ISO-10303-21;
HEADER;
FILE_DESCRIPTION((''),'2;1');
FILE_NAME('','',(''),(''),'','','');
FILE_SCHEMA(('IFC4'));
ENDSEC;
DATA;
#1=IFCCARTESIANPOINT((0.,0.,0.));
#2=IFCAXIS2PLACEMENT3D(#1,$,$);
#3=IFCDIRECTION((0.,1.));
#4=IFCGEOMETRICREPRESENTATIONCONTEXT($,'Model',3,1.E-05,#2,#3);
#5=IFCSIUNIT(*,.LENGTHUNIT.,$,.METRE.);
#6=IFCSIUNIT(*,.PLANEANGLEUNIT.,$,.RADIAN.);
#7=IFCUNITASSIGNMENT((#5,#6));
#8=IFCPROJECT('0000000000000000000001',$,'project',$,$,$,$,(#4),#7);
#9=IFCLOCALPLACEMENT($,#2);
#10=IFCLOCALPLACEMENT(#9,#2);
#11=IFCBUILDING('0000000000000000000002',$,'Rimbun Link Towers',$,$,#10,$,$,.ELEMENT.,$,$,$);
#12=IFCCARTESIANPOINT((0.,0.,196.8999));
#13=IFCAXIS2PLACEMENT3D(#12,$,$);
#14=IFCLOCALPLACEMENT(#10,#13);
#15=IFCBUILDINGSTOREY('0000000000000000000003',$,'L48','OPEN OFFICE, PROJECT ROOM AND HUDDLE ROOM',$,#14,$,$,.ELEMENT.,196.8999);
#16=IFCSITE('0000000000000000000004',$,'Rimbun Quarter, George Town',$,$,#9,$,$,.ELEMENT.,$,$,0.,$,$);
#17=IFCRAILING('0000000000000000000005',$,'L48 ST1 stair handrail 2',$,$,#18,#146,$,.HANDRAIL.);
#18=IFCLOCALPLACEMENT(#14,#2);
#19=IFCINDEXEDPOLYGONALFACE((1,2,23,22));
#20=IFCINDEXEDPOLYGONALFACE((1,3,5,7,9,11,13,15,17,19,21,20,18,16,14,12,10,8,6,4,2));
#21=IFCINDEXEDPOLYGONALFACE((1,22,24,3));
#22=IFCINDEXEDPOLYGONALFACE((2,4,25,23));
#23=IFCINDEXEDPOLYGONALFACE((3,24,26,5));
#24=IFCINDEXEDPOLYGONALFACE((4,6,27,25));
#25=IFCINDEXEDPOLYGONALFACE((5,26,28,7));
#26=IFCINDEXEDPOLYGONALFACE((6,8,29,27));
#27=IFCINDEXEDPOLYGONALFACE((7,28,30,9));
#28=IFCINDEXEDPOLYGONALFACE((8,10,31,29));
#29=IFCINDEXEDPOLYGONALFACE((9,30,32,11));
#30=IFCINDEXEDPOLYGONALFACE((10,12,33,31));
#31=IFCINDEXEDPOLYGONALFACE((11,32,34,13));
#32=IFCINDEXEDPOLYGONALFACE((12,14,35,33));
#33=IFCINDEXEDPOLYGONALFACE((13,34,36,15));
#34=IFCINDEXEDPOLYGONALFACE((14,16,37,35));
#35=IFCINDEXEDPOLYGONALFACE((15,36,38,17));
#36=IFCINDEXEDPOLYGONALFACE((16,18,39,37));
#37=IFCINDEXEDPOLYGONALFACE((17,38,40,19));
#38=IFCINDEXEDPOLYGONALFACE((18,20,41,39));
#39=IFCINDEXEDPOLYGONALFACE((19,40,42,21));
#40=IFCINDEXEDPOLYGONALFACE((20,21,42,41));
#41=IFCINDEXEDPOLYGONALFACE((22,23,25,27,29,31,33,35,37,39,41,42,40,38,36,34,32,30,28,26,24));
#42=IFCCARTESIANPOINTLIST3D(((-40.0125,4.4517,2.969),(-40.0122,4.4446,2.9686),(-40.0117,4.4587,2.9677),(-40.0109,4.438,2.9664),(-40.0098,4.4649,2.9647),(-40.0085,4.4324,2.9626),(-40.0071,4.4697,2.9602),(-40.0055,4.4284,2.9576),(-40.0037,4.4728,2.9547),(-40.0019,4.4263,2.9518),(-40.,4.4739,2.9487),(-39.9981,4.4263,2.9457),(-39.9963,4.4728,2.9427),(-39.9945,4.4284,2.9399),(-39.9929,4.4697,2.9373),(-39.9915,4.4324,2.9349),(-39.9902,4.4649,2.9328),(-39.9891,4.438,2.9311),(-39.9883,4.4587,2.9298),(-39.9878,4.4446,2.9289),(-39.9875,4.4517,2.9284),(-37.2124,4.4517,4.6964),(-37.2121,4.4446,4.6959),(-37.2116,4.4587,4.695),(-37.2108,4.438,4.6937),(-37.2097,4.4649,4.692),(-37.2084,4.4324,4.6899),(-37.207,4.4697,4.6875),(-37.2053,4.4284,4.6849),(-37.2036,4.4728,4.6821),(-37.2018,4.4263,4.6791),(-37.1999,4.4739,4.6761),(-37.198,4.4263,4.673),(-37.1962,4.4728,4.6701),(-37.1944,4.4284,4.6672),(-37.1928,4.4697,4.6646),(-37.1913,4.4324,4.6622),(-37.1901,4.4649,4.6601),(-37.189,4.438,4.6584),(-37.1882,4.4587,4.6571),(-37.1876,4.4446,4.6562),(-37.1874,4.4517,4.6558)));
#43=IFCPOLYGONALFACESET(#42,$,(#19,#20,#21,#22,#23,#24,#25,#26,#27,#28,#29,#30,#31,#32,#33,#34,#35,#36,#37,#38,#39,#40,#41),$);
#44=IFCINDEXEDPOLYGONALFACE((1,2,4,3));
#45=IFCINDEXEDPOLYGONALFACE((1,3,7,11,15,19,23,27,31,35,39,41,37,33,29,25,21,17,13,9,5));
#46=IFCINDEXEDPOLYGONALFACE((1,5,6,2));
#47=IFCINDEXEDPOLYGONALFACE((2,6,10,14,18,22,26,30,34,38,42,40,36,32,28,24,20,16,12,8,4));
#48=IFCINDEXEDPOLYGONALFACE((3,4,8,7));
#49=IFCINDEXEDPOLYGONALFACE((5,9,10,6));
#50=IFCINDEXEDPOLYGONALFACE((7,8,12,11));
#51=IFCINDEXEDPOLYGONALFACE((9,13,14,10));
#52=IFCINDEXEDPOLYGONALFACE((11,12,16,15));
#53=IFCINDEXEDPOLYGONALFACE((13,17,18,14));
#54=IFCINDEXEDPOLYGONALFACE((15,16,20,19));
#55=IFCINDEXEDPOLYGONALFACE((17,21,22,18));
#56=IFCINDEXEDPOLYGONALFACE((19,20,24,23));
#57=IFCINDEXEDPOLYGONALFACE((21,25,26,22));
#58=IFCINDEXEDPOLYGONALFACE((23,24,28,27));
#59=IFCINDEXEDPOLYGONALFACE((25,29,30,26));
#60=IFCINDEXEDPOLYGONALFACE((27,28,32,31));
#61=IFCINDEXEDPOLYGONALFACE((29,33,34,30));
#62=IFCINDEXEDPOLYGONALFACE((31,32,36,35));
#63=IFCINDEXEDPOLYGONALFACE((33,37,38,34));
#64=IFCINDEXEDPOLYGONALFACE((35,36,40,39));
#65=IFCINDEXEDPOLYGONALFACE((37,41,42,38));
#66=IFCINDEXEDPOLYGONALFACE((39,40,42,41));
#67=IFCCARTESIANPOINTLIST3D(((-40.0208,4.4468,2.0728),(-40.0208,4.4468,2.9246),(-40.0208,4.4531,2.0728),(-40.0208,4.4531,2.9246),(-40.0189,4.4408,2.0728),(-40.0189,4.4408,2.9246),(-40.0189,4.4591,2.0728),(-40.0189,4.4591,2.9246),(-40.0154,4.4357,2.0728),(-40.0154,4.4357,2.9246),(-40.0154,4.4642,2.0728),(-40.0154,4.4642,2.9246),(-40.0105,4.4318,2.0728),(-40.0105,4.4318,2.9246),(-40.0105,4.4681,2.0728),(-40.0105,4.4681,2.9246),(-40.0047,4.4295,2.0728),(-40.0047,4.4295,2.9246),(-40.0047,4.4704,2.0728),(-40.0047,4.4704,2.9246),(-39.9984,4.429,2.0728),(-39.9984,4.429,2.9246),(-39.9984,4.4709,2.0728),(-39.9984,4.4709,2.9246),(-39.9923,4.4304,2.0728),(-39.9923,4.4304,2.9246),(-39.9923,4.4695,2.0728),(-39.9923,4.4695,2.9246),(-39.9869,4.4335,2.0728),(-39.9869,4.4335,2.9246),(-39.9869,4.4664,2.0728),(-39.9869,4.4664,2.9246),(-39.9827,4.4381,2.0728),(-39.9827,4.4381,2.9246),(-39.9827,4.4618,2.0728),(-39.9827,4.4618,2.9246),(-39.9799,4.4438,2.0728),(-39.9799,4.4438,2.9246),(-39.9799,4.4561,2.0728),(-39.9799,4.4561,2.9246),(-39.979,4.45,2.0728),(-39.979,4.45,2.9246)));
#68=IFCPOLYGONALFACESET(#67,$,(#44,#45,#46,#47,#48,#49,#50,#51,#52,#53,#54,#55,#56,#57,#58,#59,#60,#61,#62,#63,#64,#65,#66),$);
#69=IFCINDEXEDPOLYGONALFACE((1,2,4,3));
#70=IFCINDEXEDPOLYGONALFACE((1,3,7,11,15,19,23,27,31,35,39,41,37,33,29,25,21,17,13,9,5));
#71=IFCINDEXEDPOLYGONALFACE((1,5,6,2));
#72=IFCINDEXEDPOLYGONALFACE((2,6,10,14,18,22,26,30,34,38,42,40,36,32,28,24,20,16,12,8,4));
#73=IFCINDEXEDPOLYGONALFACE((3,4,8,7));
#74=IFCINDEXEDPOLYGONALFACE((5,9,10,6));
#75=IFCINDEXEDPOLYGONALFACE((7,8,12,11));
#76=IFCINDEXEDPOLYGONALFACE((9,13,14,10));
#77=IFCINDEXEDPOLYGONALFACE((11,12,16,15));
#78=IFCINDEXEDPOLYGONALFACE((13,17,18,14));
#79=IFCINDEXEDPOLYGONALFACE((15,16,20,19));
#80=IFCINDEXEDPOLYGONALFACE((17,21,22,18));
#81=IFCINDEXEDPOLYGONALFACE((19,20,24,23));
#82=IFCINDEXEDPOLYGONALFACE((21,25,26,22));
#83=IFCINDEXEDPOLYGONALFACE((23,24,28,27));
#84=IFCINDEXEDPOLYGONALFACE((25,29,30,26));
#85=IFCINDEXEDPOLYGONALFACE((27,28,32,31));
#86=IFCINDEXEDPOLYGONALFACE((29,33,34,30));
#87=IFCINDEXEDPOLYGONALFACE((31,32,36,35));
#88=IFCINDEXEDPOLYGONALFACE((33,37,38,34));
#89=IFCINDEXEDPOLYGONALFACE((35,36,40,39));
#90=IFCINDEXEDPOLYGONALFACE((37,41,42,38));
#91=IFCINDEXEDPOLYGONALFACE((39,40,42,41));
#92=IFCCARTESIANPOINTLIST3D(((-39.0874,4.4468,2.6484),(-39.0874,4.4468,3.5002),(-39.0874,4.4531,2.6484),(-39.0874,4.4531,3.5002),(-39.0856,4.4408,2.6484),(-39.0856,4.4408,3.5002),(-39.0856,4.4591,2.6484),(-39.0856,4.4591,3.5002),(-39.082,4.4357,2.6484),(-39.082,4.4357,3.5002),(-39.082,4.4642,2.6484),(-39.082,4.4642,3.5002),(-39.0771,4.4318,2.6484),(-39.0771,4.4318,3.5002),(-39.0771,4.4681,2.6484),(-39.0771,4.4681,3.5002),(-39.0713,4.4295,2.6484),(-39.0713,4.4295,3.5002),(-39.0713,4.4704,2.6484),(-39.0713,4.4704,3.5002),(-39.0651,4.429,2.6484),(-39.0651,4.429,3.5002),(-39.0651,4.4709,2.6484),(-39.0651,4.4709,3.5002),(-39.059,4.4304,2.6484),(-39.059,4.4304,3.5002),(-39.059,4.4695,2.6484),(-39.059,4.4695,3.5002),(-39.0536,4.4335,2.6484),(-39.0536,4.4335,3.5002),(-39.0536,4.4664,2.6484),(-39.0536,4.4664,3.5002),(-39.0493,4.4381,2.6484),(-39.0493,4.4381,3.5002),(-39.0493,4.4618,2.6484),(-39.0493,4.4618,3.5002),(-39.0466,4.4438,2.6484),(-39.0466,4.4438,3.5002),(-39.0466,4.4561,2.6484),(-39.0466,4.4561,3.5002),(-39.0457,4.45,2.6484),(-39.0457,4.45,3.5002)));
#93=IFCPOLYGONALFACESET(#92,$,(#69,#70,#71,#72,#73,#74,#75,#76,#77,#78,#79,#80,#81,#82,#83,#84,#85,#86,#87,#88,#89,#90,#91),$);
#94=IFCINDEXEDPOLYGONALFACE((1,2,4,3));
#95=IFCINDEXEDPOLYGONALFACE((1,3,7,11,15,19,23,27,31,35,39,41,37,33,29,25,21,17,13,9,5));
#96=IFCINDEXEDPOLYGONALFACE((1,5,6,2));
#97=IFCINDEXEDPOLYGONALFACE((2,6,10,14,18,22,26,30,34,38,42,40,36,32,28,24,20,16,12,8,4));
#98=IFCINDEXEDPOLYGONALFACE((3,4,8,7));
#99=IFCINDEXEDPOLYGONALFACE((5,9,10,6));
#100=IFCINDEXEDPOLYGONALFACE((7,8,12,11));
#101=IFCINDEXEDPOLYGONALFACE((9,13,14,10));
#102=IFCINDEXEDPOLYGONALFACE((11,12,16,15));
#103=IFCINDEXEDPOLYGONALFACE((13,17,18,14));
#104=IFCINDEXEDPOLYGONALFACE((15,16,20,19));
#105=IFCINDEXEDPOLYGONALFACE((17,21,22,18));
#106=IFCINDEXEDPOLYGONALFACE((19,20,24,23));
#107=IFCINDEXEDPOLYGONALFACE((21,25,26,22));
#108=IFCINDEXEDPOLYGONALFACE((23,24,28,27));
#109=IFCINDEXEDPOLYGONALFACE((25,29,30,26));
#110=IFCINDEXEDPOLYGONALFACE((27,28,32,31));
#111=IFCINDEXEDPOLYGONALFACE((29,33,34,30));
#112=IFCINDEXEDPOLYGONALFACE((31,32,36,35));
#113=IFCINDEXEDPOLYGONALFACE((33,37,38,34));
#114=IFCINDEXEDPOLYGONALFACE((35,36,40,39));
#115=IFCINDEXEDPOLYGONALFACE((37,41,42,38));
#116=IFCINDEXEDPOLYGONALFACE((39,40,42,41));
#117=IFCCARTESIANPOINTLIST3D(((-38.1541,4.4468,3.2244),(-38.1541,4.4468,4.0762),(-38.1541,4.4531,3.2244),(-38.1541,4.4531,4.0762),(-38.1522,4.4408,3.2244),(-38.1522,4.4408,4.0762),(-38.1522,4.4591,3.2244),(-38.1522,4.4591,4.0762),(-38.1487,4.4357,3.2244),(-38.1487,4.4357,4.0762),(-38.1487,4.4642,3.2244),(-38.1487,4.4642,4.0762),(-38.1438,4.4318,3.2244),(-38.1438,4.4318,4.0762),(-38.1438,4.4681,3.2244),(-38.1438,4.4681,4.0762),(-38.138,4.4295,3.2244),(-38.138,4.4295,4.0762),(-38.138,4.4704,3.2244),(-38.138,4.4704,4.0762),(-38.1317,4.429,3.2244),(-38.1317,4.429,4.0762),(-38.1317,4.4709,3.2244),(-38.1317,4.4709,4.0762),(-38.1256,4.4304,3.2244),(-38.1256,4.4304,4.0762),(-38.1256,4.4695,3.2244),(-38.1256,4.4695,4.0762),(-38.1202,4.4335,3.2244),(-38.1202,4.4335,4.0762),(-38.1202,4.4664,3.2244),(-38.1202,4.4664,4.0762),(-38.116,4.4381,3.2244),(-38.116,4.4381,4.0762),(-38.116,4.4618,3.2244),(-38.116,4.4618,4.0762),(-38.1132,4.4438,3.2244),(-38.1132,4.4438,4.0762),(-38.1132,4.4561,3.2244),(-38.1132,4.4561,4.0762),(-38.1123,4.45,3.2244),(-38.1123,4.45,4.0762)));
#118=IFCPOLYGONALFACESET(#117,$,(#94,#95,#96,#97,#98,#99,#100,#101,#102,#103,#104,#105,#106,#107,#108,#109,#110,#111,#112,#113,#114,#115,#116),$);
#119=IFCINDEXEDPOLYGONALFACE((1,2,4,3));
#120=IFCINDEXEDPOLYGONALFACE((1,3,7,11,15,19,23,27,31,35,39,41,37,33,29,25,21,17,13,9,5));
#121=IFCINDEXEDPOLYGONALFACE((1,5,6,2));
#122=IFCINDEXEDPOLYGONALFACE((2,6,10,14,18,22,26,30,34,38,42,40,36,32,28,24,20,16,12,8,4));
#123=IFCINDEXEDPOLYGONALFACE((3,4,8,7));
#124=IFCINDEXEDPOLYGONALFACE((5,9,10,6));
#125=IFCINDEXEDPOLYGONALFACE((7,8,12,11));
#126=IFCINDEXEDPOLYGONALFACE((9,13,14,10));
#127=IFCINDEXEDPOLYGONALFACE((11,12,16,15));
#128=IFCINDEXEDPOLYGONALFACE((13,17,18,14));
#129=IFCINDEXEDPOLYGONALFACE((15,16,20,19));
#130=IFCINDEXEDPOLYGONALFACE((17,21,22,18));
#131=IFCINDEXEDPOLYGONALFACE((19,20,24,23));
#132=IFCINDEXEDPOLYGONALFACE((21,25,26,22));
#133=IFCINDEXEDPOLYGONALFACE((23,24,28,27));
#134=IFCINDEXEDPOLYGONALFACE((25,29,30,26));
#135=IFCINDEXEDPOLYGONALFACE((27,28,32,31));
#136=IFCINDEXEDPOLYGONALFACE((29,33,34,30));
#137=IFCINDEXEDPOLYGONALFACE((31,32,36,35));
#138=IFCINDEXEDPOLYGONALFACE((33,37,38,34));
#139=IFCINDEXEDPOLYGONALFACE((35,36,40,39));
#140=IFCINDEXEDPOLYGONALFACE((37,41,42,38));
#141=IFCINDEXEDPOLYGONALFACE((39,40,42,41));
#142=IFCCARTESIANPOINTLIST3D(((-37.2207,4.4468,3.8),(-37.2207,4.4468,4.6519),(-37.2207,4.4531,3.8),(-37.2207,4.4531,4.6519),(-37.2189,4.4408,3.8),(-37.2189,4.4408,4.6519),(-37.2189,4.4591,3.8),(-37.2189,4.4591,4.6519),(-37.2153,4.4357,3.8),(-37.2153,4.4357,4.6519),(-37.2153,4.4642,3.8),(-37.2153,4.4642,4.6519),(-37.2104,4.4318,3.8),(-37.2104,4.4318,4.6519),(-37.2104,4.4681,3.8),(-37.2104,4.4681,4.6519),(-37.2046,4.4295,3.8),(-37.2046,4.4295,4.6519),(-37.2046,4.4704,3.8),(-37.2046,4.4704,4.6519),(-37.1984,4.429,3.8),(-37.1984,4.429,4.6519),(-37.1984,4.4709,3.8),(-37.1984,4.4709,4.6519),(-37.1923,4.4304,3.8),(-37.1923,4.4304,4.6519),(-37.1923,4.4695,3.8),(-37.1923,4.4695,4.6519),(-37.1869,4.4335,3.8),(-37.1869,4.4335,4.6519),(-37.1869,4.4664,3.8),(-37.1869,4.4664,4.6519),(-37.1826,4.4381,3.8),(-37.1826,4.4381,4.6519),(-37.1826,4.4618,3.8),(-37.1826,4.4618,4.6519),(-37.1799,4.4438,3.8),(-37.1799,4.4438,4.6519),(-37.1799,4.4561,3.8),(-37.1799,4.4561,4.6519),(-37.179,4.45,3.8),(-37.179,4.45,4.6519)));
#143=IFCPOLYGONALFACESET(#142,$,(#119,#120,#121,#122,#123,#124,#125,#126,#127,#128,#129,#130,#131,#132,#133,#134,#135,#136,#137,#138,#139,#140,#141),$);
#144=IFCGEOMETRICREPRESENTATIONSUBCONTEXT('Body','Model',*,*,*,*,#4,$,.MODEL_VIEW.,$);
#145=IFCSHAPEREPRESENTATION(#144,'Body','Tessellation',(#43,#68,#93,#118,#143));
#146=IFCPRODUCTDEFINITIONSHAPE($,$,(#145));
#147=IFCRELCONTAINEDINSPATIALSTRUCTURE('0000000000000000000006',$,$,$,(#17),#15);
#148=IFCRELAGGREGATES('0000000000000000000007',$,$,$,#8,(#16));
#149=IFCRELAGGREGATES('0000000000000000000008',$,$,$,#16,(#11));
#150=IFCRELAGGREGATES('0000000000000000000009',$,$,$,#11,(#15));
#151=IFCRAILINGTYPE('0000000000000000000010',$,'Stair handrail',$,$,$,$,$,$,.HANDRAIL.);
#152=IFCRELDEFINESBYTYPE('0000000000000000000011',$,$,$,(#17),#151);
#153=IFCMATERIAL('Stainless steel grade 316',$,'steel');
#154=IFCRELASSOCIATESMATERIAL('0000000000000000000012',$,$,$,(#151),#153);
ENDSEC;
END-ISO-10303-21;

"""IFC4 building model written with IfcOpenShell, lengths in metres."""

from ifc_helpers import new_model, si_unit, direction, frame, origin, origin_2d, place, context, subcontext, project, spatial, circle, extrude, material, type_object, element, save


model = new_model("IFC4")

# Units and contexts
model_context = context("Model", 3, precision=1e-05, world=origin(), true_north=direction((0.0, 1.0)))
body_context = subcontext(model_context, "Body", "Model", "MODEL_VIEW")
ifc_project = project(units=[si_unit("LENGTHUNIT", "METRE"), si_unit("PLANEANGLEUNIT", "RADIAN")], contexts=[model_context])

# Site, building, storey
site_placement = place(None, origin())
site = spatial("IfcSite", under=ifc_project, at=site_placement, Name="Rimbun Quarter, George Town", CompositionType="ELEMENT", RefElevation=0.0)
building_placement = place(site_placement, origin())
building = spatial("IfcBuilding", under=site, at=building_placement, Name="Rimbun Link Towers", CompositionType="ELEMENT")
storey_placement = place(building_placement, frame((0.0, 0.0, 196.8999)))
storey = spatial("IfcBuildingStorey", under=building, at=storey_placement, Name="L48", Description="OPEN OFFICE, PROJECT ROOM AND HUDDLE ROOM", CompositionType="ELEMENT", Elevation=196.8999)

# Railing
ifc_material_1 = material(Name="Stainless steel grade 316", Category="steel")
railing_type_1 = type_object("IfcRailingType", Name="Stair handrail", PredefinedType="HANDRAIL", material=ifc_material_1)
railing_1_placement = place(storey_placement, frame((-40.0, 4.45, 2.0728)))
element("IfcRailing", 1, at=railing_1_placement, inside=storey, type_object=railing_type_1, Name="L48 ST1 stair handrail 2", PredefinedType="HANDRAIL", context=body_context, shape_type="SweptSolid", body=[
    extrude(circle(Radius=0.0239, at=origin_2d()), frame((0.0, 0.0, 0.876), z_axis=(0.85109, 0.0, 0.52502), x_axis=(0.0, 1.0, 0.0)), (0.0, 0.0, 1.0), 3.29),
    extrude(circle(Radius=0.021, at=origin_2d()), origin(), (0.0, 0.0, 1.0), 0.8518),
    extrude(circle(Radius=0.021, at=origin_2d()), frame((0.9333, 0.0, 0.5757)), (0.0, 0.0, 1.0), 0.8518),
    extrude(circle(Radius=0.021, at=origin_2d()), frame((1.8667, 0.0, 1.1516)), (0.0, 0.0, 1.0), 0.8518),
    extrude(circle(Radius=0.021, at=origin_2d()), frame((2.8, 0.0, 1.7273)), (0.0, 0.0, 1.0), 0.8518),
])

save(model, "model.ifc")
